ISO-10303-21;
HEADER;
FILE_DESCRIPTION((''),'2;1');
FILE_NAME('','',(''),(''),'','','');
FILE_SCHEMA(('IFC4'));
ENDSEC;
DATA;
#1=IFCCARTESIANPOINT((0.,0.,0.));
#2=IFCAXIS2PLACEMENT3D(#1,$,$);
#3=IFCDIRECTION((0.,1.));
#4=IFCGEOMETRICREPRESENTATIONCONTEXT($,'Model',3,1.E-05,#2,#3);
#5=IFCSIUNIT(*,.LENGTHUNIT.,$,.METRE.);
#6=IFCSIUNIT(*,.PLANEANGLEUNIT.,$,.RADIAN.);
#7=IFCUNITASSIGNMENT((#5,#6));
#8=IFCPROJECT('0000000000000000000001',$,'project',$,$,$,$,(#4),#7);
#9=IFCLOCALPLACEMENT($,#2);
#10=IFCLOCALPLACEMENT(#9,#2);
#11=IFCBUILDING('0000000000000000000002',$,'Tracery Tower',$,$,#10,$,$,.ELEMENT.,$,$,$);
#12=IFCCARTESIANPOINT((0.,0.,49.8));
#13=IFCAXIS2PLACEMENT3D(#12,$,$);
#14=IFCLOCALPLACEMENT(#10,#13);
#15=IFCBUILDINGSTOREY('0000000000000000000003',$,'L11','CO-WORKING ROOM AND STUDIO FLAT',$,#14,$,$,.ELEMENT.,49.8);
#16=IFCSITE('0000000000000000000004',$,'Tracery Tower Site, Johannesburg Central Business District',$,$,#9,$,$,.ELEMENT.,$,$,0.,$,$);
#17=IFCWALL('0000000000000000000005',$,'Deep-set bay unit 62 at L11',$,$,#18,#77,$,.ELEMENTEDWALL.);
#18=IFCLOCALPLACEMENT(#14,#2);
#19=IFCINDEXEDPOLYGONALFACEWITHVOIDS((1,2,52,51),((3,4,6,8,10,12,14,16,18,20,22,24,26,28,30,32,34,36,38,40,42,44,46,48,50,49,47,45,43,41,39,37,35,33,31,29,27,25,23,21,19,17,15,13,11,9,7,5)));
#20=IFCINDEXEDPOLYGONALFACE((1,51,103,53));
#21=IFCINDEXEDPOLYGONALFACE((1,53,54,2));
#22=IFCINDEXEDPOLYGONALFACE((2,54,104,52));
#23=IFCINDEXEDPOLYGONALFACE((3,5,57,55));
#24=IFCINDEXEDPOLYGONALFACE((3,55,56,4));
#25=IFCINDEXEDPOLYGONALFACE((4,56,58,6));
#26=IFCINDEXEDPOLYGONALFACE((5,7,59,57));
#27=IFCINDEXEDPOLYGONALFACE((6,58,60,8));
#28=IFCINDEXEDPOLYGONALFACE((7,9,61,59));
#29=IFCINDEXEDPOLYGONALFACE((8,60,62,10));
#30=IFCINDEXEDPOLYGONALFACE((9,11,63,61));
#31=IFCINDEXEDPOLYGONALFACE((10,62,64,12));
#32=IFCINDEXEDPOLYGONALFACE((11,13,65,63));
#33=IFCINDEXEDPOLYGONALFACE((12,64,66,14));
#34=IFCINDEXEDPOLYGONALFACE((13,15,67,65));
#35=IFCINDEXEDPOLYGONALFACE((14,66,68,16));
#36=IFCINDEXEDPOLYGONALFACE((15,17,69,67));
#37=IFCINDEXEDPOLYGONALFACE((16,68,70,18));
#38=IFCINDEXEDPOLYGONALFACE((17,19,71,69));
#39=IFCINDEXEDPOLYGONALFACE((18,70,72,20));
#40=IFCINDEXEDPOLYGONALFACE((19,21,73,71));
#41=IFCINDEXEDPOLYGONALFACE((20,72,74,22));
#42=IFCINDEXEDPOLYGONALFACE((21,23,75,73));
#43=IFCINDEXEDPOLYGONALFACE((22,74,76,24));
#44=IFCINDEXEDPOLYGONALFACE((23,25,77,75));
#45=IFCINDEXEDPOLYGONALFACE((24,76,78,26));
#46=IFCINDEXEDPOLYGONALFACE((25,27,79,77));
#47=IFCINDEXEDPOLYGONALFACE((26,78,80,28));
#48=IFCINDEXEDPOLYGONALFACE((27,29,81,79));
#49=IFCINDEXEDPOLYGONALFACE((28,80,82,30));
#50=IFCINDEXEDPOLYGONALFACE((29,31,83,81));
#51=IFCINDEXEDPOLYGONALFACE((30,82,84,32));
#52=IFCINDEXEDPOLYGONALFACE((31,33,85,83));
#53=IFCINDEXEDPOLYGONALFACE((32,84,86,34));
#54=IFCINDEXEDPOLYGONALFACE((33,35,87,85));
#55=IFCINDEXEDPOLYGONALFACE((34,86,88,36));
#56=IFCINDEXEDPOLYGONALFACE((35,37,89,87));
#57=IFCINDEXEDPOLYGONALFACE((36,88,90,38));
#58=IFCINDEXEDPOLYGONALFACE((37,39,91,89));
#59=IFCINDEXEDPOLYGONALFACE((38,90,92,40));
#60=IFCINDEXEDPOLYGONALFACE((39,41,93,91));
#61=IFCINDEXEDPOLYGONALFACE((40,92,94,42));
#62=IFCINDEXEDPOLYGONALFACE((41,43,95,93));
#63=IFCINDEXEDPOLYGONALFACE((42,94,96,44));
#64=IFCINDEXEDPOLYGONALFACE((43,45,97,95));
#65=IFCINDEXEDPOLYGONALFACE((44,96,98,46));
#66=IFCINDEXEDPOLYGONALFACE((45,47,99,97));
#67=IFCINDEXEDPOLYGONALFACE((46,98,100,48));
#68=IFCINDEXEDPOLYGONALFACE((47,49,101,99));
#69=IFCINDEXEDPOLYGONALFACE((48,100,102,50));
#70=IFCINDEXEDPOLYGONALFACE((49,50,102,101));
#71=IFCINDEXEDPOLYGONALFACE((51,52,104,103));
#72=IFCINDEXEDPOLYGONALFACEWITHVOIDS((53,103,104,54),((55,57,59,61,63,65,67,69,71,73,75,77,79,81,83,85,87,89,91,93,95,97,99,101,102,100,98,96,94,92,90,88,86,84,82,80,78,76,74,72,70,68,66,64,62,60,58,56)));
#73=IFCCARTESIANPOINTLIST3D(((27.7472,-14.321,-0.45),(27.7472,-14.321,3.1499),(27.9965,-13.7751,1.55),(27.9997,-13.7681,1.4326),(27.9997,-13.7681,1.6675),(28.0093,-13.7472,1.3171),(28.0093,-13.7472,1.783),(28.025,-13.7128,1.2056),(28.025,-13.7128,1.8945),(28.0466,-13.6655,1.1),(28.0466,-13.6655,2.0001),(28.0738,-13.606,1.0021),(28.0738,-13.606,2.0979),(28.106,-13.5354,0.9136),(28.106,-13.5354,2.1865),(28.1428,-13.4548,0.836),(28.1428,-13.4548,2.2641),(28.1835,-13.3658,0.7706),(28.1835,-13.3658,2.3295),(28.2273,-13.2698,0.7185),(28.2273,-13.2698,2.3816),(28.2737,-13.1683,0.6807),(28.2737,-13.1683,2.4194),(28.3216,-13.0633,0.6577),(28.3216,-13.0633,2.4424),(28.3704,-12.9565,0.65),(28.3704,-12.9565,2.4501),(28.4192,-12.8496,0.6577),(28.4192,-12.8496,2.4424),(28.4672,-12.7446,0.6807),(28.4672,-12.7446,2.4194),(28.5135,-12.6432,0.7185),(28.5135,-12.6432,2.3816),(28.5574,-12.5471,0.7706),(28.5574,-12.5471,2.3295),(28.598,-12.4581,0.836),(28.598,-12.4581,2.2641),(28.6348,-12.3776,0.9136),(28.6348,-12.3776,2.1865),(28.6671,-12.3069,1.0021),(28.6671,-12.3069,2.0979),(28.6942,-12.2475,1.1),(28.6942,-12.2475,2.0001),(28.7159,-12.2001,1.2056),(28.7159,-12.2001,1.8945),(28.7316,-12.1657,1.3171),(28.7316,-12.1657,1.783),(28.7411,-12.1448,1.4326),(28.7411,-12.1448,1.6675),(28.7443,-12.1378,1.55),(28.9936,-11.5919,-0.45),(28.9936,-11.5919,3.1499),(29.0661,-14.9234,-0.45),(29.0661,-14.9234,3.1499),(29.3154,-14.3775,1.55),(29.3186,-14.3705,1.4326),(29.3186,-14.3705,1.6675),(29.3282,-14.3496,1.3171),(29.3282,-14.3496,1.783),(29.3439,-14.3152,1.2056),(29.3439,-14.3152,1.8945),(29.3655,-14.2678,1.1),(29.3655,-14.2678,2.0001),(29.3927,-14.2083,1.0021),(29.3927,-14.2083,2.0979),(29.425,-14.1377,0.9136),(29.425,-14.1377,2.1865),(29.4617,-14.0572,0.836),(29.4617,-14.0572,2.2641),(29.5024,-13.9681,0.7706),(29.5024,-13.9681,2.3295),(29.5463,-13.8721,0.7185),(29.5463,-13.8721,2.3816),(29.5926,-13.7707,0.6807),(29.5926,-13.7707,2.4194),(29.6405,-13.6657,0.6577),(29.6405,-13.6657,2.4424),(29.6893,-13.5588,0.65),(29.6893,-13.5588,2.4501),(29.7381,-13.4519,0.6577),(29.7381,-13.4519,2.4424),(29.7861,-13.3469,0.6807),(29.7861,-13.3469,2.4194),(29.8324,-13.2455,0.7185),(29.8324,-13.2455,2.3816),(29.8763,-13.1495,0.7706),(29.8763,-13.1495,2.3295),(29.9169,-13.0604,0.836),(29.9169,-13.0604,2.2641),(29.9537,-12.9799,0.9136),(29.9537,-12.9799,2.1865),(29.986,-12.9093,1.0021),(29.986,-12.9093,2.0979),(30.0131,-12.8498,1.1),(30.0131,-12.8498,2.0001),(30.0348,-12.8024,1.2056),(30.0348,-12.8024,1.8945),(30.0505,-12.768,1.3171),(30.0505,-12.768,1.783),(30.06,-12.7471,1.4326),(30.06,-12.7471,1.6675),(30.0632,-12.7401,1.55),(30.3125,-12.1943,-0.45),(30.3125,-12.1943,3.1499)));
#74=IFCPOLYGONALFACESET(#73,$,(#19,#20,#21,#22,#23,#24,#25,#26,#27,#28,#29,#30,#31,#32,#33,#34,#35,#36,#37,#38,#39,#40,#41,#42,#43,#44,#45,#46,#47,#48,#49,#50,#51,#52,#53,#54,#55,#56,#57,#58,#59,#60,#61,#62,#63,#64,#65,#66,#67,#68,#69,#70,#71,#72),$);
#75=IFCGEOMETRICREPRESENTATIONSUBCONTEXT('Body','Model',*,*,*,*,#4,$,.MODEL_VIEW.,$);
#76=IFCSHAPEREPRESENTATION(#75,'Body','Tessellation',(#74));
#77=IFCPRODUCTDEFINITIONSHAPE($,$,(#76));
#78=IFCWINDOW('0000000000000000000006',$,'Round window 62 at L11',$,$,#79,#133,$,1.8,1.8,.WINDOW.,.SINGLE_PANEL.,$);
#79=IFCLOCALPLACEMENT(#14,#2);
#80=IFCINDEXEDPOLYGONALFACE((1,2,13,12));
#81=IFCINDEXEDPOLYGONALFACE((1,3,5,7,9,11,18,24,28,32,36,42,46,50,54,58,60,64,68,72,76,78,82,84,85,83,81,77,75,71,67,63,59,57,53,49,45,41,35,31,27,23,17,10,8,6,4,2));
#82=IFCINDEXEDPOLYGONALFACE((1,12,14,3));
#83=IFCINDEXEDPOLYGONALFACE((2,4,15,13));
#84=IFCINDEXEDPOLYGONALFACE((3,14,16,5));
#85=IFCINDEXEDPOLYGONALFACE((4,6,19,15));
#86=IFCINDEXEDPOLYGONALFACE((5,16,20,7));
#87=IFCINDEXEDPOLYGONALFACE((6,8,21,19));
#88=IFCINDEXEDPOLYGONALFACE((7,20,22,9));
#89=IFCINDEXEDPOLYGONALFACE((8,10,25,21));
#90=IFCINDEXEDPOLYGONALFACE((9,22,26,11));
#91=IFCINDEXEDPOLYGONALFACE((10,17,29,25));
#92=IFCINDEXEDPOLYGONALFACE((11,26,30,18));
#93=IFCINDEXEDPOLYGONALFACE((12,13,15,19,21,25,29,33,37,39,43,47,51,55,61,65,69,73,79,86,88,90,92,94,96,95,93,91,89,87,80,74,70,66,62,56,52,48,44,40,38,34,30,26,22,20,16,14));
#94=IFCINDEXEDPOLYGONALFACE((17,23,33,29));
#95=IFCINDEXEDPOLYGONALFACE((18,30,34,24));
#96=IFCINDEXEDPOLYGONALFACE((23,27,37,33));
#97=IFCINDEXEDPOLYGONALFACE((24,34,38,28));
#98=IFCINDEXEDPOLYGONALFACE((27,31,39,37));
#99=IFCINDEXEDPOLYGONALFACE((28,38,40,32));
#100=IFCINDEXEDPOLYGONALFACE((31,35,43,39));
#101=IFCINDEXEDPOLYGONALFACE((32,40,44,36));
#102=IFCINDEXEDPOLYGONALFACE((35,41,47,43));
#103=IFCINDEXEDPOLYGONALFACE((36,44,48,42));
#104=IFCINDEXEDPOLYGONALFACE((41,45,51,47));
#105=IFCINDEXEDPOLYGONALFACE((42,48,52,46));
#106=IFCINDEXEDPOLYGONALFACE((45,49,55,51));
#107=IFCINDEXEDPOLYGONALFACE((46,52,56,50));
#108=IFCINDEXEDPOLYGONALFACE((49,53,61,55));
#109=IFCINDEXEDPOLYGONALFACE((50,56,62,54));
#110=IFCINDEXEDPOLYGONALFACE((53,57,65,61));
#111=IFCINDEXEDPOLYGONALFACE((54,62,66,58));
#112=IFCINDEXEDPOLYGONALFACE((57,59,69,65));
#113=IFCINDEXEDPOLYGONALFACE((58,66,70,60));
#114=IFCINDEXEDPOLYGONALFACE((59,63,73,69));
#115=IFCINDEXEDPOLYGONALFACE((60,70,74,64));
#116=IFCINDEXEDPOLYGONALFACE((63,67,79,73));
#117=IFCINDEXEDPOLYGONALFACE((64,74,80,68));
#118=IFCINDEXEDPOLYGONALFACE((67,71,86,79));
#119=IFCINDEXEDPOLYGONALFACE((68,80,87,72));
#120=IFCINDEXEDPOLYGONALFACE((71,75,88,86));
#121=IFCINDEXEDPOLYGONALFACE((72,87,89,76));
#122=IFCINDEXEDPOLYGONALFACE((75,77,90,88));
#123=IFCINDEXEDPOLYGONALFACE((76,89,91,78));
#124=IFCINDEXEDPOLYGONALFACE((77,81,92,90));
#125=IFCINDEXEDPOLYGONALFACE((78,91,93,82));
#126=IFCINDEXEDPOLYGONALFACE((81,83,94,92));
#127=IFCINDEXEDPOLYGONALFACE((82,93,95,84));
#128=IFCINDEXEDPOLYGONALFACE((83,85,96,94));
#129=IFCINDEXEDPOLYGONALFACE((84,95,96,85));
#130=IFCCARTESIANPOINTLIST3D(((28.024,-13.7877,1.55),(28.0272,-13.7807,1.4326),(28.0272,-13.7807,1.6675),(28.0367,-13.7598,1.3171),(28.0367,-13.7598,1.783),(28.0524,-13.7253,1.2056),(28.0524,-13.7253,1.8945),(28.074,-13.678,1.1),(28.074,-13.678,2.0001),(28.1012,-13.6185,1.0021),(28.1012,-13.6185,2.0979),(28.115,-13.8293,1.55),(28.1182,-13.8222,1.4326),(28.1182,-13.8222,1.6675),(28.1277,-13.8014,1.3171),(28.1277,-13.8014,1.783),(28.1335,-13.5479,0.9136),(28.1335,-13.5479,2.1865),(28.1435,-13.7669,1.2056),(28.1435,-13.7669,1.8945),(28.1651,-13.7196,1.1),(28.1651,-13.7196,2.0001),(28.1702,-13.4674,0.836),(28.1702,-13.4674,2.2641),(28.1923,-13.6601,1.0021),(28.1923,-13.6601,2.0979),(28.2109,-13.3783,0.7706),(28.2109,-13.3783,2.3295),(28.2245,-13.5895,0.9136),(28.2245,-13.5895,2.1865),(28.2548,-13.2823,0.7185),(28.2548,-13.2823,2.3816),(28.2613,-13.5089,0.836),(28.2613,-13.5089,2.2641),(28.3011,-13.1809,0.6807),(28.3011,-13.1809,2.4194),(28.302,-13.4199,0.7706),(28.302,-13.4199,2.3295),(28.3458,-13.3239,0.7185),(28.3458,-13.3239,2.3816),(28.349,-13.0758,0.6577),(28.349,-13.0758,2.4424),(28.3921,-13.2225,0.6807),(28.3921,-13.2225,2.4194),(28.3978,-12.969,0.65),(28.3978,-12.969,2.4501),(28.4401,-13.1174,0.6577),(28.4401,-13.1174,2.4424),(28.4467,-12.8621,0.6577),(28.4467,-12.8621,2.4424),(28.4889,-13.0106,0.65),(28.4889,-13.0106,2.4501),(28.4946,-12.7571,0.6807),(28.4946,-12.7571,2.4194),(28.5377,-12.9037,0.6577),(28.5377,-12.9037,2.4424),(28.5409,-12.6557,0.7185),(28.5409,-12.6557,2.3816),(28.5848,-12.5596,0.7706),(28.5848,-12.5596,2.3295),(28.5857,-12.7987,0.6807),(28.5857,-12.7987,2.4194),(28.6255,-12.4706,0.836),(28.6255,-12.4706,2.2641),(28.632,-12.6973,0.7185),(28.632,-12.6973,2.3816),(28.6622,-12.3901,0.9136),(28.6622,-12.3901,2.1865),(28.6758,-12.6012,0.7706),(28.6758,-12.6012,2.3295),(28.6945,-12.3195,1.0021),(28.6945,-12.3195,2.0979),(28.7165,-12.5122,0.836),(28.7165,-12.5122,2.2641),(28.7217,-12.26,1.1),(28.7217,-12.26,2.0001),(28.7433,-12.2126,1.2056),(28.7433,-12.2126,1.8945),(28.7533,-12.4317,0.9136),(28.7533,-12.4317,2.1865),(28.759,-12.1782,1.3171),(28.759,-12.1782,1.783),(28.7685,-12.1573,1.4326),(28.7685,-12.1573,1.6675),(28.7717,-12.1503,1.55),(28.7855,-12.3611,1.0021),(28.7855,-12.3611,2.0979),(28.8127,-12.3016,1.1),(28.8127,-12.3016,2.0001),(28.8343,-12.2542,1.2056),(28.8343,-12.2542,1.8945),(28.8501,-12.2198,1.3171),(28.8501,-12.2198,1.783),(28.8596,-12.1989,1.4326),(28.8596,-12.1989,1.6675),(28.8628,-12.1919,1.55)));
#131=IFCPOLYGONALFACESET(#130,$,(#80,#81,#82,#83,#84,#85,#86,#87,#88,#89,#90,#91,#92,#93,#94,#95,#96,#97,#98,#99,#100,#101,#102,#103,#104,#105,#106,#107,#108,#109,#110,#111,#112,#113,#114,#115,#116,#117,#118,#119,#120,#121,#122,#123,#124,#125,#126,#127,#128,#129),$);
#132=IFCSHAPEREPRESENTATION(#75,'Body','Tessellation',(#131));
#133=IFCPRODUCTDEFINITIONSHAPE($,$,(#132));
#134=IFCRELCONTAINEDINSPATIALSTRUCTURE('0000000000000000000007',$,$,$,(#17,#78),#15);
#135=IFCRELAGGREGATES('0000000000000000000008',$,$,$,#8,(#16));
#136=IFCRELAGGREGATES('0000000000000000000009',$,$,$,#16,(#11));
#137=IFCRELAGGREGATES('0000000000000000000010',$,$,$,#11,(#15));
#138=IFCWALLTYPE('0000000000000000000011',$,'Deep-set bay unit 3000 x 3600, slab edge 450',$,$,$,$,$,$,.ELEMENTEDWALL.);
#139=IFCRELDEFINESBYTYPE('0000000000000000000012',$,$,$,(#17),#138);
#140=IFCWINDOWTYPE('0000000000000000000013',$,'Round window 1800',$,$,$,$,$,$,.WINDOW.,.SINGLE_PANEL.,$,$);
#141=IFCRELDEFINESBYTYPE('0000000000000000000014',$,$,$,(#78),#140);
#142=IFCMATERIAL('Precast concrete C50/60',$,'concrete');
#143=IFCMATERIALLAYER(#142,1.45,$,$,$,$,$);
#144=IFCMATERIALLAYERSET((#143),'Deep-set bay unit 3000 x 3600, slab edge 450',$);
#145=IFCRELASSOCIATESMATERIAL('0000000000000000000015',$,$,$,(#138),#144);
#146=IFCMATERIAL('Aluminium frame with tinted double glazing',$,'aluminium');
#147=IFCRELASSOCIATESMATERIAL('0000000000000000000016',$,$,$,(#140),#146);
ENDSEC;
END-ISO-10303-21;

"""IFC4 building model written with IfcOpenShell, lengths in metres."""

from ifc_helpers import new_model, si_unit, direction, frame, frame_2d, origin, origin_2d, place, context, subcontext, project, spatial, rectangle, circle, extrude, material, layer, layer_set, type_object, element, fill, save


model = new_model("IFC4")

# Units and contexts
model_context = context("Model", 3, precision=1e-05, world=origin(), true_north=direction((0.0, 1.0)))
body_context = subcontext(model_context, "Body", "Model", "MODEL_VIEW")
ifc_project = project(units=[si_unit("LENGTHUNIT", "METRE"), si_unit("PLANEANGLEUNIT", "RADIAN")], contexts=[model_context])

# Site, building, storey
site_placement = place(None, origin())
site = spatial("IfcSite", under=ifc_project, at=site_placement, Name="Tracery Tower Site, Johannesburg Central Business District", CompositionType="ELEMENT", RefElevation=0.0)
building_placement = place(site_placement, origin())
building = spatial("IfcBuilding", under=site, at=building_placement, Name="Tracery Tower", CompositionType="ELEMENT")
storey_placement = place(building_placement, frame((0.0, 0.0, 49.8)))
storey = spatial("IfcBuildingStorey", under=building, at=storey_placement, Name="L11", Description="CO-WORKING ROOM AND STUDIO FLAT", CompositionType="ELEMENT", Elevation=49.8)

# Wall, opening, window
ifc_material_1 = material(Name="Precast concrete C50/60", Category="concrete")
ifc_layer_1 = layer(ifc_material_1, 1.45)
ifc_layer_set_1 = layer_set([ifc_layer_1], Name="Deep-set bay unit 3000 x 3600, slab edge 450")
wall_type_1 = type_object("IfcWallType", Name="Deep-set bay unit 3000 x 3600, slab edge 450", PredefinedType="ELEMENTEDWALL", material=ifc_layer_set_1)
wall_1_placement = place(storey_placement, frame((28.4067, -14.6221, -0.45), z_axis=(0.0, 0.0, 1.0), x_axis=(0.415427, 0.909627, 0.0)))
wall_1 = element("IfcWall", 1, at=wall_1_placement, inside=storey, type_object=wall_type_1, Name="Deep-set bay unit 62 at L11", PredefinedType="ELEMENTEDWALL", context=body_context, shape_type="SweptSolid", body=[
    extrude(rectangle(XDim=3.0002, YDim=1.45, at=frame_2d((1.5, 0.0))), origin(), (0.0, 0.0, 1.0), 3.5999),
])
opening_1_placement = place(wall_1_placement, frame((1.5, 0.0, 2.0)))
opening_1 = element("IfcOpeningElement", 2, at=opening_1_placement, cuts=wall_1, PredefinedType="OPENING", context=body_context, shape_type="SweptSolid", body=[
    extrude(circle(Radius=0.9, at=origin_2d()), frame((0.0, 0.7349, 0.0), z_axis=(0.0, -1.0, 0.0), x_axis=(1.0, 0.0, 0.0)), (0.0, 0.0, 1.0), 1.47),
])
ifc_material_2 = material(Name="Aluminium frame with tinted double glazing", Category="aluminium")
window_type = type_object("IfcWindowType", Name="Round window 1800", PartitioningType="SINGLE_PANEL", PredefinedType="WINDOW", material=ifc_material_2)
window_1_placement = place(opening_1_placement, origin())
window_1 = element("IfcWindow", 3, at=window_1_placement, inside=storey, type_object=window_type, Name="Round window 62 at L11", OverallHeight=1.8, OverallWidth=1.8, PartitioningType="SINGLE_PANEL", PredefinedType="WINDOW", context=body_context, shape_type="SweptSolid", body=[
    extrude(circle(Radius=0.9, at=origin_2d()), frame((0.0, 0.6948, 0.0), z_axis=(0.0, -1.0, 0.0), x_axis=(1.0, 0.0, 0.0)), (0.0, 0.0, 1.0), 0.1001),
])
fill(opening_1, window_1)

save(model, "model.ifc")
